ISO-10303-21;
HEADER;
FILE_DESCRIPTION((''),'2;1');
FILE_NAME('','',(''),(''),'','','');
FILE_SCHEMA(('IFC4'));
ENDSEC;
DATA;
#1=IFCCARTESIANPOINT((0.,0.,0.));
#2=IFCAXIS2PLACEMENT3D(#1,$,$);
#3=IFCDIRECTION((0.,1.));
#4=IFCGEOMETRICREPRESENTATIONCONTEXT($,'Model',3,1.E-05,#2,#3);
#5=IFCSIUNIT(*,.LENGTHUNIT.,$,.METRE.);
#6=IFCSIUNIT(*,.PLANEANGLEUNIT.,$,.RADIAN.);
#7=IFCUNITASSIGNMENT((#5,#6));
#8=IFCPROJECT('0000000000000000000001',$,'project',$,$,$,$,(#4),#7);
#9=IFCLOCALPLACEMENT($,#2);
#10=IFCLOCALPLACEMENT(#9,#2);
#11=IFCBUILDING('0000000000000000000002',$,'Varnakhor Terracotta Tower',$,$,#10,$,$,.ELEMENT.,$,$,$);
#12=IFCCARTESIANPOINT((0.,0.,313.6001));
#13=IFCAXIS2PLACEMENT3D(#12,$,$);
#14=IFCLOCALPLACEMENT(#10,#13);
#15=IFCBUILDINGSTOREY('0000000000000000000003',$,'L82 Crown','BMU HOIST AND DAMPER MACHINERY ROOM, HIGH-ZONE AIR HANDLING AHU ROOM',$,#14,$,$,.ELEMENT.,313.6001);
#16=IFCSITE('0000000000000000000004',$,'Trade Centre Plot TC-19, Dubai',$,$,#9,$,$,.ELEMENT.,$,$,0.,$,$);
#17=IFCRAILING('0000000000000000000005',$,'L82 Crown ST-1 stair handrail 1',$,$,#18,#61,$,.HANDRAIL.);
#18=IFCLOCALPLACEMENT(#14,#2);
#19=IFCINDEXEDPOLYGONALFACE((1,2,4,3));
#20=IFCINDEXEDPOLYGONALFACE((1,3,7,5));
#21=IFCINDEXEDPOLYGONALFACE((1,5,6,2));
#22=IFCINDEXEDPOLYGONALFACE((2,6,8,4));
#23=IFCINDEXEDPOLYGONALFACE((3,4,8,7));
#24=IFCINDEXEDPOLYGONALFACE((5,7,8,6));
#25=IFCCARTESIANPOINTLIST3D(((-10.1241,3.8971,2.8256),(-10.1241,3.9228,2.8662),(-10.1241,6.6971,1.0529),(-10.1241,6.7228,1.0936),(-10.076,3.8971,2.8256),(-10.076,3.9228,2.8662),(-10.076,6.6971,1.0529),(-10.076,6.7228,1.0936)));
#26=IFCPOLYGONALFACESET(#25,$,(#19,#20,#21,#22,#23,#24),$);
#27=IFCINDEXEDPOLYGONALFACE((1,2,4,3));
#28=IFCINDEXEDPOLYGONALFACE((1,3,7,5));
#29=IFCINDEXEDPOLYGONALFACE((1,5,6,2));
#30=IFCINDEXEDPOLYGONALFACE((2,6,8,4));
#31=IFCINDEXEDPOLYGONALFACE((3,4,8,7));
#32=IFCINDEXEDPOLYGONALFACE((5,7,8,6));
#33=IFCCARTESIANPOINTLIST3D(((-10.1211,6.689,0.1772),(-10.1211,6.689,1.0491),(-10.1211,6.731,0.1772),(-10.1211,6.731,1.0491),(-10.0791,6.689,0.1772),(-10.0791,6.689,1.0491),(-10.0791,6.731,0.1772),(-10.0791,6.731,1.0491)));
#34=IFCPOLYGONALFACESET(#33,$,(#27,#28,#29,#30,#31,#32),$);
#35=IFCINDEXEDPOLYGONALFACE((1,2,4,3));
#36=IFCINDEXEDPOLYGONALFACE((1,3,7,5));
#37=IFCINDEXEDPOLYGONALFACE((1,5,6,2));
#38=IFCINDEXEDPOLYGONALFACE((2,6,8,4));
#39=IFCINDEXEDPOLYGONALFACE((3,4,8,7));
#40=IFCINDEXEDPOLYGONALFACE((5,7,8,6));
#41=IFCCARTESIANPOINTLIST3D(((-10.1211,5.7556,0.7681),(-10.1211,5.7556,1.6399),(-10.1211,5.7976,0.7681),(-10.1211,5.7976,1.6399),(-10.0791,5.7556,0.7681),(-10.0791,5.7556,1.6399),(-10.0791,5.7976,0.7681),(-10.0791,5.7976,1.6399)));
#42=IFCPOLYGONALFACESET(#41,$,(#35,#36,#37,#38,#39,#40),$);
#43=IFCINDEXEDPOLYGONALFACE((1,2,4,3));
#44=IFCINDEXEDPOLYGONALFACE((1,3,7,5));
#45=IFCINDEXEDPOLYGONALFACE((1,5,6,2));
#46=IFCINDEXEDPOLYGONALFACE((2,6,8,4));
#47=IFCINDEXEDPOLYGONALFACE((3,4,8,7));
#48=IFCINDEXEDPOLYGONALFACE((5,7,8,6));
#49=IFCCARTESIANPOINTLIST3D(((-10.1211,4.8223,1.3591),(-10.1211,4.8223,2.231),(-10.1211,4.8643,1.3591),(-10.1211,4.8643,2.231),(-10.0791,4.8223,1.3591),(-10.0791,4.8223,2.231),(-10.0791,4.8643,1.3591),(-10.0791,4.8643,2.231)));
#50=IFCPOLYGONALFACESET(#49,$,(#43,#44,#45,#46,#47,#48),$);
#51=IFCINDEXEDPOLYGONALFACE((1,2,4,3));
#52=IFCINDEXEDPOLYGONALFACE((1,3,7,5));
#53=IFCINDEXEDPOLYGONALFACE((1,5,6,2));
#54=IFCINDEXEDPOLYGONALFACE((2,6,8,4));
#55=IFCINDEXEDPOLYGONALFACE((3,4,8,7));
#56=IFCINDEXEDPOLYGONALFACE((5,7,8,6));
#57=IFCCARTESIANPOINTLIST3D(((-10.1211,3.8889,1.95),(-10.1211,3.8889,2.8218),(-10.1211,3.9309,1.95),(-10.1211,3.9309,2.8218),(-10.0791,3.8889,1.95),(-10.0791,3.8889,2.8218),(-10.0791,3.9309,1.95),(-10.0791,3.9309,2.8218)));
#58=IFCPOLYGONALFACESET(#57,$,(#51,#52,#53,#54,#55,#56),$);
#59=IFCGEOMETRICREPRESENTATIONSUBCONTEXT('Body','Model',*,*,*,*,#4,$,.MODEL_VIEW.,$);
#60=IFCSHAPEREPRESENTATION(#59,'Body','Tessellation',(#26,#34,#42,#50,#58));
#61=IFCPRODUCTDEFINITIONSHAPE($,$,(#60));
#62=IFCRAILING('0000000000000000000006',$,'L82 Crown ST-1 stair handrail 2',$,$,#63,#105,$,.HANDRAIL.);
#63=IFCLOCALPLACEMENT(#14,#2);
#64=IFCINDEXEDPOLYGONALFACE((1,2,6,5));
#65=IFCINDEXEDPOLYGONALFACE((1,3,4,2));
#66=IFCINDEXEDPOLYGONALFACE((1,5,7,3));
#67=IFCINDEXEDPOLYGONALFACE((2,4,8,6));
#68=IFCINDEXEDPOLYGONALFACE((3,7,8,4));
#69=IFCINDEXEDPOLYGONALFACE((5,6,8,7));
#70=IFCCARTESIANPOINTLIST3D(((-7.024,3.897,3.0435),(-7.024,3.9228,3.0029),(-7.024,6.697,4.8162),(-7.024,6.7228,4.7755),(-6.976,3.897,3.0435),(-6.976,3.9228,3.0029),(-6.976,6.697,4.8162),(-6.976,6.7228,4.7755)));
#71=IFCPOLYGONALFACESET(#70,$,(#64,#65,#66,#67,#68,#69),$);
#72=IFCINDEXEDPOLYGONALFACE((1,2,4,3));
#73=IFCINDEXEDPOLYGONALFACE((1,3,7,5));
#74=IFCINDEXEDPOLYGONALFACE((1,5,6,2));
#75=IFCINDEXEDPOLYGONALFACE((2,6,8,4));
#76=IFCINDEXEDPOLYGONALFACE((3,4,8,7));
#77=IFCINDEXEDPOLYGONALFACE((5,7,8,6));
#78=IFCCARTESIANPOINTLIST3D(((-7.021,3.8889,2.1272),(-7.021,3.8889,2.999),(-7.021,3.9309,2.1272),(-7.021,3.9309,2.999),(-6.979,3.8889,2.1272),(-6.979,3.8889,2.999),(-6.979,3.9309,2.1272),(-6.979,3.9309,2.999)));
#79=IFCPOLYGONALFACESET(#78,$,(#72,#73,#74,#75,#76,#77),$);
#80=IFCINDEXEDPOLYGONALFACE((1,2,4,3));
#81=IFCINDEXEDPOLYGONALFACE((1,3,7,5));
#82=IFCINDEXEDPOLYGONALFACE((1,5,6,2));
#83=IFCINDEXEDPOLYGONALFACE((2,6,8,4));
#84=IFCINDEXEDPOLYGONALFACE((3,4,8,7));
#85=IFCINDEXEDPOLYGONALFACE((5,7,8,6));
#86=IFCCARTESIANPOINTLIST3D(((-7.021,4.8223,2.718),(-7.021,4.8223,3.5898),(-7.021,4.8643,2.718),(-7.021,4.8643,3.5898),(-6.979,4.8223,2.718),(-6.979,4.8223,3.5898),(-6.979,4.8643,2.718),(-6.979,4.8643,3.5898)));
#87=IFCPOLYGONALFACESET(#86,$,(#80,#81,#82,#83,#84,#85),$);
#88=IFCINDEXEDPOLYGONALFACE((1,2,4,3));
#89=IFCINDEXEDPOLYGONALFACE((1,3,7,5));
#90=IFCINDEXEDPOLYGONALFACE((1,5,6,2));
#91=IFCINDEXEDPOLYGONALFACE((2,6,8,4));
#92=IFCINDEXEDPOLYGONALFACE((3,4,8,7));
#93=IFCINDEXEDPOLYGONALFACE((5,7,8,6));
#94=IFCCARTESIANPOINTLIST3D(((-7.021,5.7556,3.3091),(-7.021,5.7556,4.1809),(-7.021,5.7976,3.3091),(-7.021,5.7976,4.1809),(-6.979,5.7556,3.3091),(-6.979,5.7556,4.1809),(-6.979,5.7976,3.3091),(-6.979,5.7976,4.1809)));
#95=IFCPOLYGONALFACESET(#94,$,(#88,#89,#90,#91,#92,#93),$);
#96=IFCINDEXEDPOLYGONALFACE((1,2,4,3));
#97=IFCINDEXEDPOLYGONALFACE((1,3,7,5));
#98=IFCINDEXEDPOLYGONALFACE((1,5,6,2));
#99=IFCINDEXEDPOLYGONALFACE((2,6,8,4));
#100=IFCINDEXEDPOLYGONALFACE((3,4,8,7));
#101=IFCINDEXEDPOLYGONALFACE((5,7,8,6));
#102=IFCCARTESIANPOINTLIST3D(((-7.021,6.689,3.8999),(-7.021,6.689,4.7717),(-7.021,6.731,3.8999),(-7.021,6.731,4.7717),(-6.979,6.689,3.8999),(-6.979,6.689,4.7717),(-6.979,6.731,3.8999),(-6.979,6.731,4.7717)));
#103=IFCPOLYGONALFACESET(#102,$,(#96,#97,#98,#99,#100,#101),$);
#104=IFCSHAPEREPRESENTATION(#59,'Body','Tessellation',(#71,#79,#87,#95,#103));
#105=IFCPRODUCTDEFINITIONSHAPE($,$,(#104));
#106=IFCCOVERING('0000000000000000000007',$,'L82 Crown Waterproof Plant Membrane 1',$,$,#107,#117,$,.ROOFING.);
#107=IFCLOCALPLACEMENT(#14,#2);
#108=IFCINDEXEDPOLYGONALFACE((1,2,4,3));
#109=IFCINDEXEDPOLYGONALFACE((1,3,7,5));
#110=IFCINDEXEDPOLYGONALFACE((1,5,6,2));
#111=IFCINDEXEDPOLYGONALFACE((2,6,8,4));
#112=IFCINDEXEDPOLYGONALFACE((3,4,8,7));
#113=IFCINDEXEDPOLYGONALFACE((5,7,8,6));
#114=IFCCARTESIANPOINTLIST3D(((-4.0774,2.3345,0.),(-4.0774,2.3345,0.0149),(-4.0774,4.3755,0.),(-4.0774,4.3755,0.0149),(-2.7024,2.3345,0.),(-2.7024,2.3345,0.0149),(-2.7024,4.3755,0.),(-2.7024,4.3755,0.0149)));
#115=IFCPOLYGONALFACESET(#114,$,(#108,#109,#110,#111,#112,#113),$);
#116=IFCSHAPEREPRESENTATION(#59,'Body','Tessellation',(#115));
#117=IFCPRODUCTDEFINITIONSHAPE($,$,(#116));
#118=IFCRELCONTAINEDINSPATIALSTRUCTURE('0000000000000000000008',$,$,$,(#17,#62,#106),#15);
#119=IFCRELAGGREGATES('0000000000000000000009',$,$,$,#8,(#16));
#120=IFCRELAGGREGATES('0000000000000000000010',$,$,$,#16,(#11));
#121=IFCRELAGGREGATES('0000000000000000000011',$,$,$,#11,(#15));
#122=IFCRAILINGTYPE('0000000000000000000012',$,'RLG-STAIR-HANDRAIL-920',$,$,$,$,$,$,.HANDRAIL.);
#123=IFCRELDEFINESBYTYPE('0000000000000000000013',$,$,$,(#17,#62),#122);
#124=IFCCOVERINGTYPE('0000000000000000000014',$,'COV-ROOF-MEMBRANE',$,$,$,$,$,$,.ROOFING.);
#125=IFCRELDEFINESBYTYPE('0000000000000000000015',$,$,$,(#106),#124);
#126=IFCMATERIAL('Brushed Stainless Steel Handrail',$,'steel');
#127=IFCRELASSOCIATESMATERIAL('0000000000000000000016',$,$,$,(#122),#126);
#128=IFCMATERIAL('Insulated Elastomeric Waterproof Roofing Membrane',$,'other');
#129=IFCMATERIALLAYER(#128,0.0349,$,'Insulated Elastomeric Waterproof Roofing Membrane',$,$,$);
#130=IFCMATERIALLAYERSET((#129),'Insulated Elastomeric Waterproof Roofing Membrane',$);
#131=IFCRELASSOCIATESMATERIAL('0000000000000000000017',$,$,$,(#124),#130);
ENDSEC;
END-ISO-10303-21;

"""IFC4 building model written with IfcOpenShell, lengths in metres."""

from ifc_helpers import new_model, si_unit, direction, frame, origin, origin_2d, place, context, subcontext, project, spatial, rectangle, extrude, source, transform, mapped, material, layer, layer_set, type_object, element, save


model = new_model("IFC4")

# Units and contexts
model_context = context("Model", 3, precision=1e-05, world=origin(), true_north=direction((0.0, 1.0)))
body_context = subcontext(model_context, "Body", "Model", "MODEL_VIEW")
ifc_project = project(units=[si_unit("LENGTHUNIT", "METRE"), si_unit("PLANEANGLEUNIT", "RADIAN")], contexts=[model_context])

# Site, building, storey
site_placement = place(None, origin())
site = spatial("IfcSite", under=ifc_project, at=site_placement, Name="Trade Centre Plot TC-19, Dubai", CompositionType="ELEMENT", RefElevation=0.0)
building_placement = place(site_placement, origin())
building = spatial("IfcBuilding", under=site, at=building_placement, Name="Varnakhor Terracotta Tower", CompositionType="ELEMENT")
storey_placement = place(building_placement, frame((0.0, 0.0, 313.6001)))
storey = spatial("IfcBuildingStorey", under=building, at=storey_placement, Name="L82 Crown", Description="BMU HOIST AND DAMPER MACHINERY ROOM, HIGH-ZONE AIR HANDLING AHU ROOM", CompositionType="ELEMENT", Elevation=313.6001)

# Railings
ifc_material_1 = material(Name="Brushed Stainless Steel Handrail", Category="steel")
railing_type_1 = type_object("IfcRailingType", Name="RLG-STAIR-HANDRAIL-920", PredefinedType="HANDRAIL", material=ifc_material_1)
railing_1_placement = place(storey_placement, frame((-10.1001, 6.71, 0.1772)))
element("IfcRailing", 1, at=railing_1_placement, inside=storey, type_object=railing_type_1, Name="L82 Crown ST-1 stair handrail 1", PredefinedType="HANDRAIL", context=body_context, shape_type="SweptSolid", body=[
    extrude(rectangle(XDim=0.0481, YDim=0.0481, at=origin_2d()), frame((0.0, 0.0, 0.896), z_axis=(0.0, -0.844909, 0.53491), x_axis=(1.0, 0.0, 0.0)), (0.0, 0.0, 1.0), 3.314),
    extrude(rectangle(XDim=0.042, YDim=0.042, at=origin_2d()), origin(), (0.0, 0.0, 1.0), 0.8718),
    extrude(rectangle(XDim=0.042, YDim=0.042, at=origin_2d()), frame((0.0, -0.9333, 0.5908)), (0.0, 0.0, 1.0), 0.8718),
    extrude(rectangle(XDim=0.042, YDim=0.042, at=origin_2d()), frame((0.0, -1.8667, 1.1819)), (0.0, 0.0, 1.0), 0.8718),
    extrude(rectangle(XDim=0.042, YDim=0.042, at=origin_2d()), frame((0.0, -2.8, 1.7727)), (0.0, 0.0, 1.0), 0.8718),
])
railing_2_placement = place(storey_placement, frame((-7.0, 3.9099, 2.1272)))
element("IfcRailing", 2, at=railing_2_placement, inside=storey, type_object=railing_type_1, Name="L82 Crown ST-1 stair handrail 2", PredefinedType="HANDRAIL", context=body_context, shape_type="SweptSolid", body=[
    extrude(rectangle(XDim=0.0481, YDim=0.0481, at=origin_2d()), frame((0.0, 0.0, 0.896), z_axis=(0.0, 0.844909, 0.53491), x_axis=(-1.0, 0.0, 0.0)), (0.0, 0.0, 1.0), 3.314),
    extrude(rectangle(XDim=0.042, YDim=0.042, at=origin_2d()), origin(), (0.0, 0.0, 1.0), 0.8718),
    extrude(rectangle(XDim=0.042, YDim=0.042, at=origin_2d()), frame((0.0, 0.9333, 0.5908)), (0.0, 0.0, 1.0), 0.8718),
    extrude(rectangle(XDim=0.042, YDim=0.042, at=origin_2d()), frame((0.0, 1.8667, 1.1819)), (0.0, 0.0, 1.0), 0.8718),
    extrude(rectangle(XDim=0.042, YDim=0.042, at=origin_2d()), frame((0.0, 2.8, 1.7727)), (0.0, 0.0, 1.0), 0.8718),
])

# Covering
ifc_material_2 = material(Name="Insulated Elastomeric Waterproof Roofing Membrane", Category="other")
ifc_layer_1 = layer(ifc_material_2, 0.0349, Name="Insulated Elastomeric Waterproof Roofing Membrane")
ifc_layer_set_1 = layer_set([ifc_layer_1], Name="Insulated Elastomeric Waterproof Roofing Membrane")
covering_type = type_object("IfcCoveringType", Name="COV-ROOF-MEMBRANE", PredefinedType="ROOFING", material=ifc_layer_set_1)
shared_shape_1 = source(origin(), body_context, "Body", "SweptSolid", [
    extrude(rectangle(XDim=1.375, YDim=2.041, at=origin_2d()), origin(), (0.0, 0.0, 1.0), 0.0149),
])
covering_placement = place(storey_placement, frame((-3.3899, 3.355, 0.0), z_axis=(0.0, 0.0, 1.0), x_axis=(1.0, 0.0, 0.0)))
element("IfcCovering", 3, at=covering_placement, inside=storey, type_object=covering_type, Name="L82 Crown Waterproof Plant Membrane 1", PredefinedType="ROOFING", context=body_context, shape_type="MappedRepresentation", body=[
    mapped(shared_shape_1, transform((0.0, 0.0, 0.0), scale=1.0)),
])

save(model, "model.ifc")
